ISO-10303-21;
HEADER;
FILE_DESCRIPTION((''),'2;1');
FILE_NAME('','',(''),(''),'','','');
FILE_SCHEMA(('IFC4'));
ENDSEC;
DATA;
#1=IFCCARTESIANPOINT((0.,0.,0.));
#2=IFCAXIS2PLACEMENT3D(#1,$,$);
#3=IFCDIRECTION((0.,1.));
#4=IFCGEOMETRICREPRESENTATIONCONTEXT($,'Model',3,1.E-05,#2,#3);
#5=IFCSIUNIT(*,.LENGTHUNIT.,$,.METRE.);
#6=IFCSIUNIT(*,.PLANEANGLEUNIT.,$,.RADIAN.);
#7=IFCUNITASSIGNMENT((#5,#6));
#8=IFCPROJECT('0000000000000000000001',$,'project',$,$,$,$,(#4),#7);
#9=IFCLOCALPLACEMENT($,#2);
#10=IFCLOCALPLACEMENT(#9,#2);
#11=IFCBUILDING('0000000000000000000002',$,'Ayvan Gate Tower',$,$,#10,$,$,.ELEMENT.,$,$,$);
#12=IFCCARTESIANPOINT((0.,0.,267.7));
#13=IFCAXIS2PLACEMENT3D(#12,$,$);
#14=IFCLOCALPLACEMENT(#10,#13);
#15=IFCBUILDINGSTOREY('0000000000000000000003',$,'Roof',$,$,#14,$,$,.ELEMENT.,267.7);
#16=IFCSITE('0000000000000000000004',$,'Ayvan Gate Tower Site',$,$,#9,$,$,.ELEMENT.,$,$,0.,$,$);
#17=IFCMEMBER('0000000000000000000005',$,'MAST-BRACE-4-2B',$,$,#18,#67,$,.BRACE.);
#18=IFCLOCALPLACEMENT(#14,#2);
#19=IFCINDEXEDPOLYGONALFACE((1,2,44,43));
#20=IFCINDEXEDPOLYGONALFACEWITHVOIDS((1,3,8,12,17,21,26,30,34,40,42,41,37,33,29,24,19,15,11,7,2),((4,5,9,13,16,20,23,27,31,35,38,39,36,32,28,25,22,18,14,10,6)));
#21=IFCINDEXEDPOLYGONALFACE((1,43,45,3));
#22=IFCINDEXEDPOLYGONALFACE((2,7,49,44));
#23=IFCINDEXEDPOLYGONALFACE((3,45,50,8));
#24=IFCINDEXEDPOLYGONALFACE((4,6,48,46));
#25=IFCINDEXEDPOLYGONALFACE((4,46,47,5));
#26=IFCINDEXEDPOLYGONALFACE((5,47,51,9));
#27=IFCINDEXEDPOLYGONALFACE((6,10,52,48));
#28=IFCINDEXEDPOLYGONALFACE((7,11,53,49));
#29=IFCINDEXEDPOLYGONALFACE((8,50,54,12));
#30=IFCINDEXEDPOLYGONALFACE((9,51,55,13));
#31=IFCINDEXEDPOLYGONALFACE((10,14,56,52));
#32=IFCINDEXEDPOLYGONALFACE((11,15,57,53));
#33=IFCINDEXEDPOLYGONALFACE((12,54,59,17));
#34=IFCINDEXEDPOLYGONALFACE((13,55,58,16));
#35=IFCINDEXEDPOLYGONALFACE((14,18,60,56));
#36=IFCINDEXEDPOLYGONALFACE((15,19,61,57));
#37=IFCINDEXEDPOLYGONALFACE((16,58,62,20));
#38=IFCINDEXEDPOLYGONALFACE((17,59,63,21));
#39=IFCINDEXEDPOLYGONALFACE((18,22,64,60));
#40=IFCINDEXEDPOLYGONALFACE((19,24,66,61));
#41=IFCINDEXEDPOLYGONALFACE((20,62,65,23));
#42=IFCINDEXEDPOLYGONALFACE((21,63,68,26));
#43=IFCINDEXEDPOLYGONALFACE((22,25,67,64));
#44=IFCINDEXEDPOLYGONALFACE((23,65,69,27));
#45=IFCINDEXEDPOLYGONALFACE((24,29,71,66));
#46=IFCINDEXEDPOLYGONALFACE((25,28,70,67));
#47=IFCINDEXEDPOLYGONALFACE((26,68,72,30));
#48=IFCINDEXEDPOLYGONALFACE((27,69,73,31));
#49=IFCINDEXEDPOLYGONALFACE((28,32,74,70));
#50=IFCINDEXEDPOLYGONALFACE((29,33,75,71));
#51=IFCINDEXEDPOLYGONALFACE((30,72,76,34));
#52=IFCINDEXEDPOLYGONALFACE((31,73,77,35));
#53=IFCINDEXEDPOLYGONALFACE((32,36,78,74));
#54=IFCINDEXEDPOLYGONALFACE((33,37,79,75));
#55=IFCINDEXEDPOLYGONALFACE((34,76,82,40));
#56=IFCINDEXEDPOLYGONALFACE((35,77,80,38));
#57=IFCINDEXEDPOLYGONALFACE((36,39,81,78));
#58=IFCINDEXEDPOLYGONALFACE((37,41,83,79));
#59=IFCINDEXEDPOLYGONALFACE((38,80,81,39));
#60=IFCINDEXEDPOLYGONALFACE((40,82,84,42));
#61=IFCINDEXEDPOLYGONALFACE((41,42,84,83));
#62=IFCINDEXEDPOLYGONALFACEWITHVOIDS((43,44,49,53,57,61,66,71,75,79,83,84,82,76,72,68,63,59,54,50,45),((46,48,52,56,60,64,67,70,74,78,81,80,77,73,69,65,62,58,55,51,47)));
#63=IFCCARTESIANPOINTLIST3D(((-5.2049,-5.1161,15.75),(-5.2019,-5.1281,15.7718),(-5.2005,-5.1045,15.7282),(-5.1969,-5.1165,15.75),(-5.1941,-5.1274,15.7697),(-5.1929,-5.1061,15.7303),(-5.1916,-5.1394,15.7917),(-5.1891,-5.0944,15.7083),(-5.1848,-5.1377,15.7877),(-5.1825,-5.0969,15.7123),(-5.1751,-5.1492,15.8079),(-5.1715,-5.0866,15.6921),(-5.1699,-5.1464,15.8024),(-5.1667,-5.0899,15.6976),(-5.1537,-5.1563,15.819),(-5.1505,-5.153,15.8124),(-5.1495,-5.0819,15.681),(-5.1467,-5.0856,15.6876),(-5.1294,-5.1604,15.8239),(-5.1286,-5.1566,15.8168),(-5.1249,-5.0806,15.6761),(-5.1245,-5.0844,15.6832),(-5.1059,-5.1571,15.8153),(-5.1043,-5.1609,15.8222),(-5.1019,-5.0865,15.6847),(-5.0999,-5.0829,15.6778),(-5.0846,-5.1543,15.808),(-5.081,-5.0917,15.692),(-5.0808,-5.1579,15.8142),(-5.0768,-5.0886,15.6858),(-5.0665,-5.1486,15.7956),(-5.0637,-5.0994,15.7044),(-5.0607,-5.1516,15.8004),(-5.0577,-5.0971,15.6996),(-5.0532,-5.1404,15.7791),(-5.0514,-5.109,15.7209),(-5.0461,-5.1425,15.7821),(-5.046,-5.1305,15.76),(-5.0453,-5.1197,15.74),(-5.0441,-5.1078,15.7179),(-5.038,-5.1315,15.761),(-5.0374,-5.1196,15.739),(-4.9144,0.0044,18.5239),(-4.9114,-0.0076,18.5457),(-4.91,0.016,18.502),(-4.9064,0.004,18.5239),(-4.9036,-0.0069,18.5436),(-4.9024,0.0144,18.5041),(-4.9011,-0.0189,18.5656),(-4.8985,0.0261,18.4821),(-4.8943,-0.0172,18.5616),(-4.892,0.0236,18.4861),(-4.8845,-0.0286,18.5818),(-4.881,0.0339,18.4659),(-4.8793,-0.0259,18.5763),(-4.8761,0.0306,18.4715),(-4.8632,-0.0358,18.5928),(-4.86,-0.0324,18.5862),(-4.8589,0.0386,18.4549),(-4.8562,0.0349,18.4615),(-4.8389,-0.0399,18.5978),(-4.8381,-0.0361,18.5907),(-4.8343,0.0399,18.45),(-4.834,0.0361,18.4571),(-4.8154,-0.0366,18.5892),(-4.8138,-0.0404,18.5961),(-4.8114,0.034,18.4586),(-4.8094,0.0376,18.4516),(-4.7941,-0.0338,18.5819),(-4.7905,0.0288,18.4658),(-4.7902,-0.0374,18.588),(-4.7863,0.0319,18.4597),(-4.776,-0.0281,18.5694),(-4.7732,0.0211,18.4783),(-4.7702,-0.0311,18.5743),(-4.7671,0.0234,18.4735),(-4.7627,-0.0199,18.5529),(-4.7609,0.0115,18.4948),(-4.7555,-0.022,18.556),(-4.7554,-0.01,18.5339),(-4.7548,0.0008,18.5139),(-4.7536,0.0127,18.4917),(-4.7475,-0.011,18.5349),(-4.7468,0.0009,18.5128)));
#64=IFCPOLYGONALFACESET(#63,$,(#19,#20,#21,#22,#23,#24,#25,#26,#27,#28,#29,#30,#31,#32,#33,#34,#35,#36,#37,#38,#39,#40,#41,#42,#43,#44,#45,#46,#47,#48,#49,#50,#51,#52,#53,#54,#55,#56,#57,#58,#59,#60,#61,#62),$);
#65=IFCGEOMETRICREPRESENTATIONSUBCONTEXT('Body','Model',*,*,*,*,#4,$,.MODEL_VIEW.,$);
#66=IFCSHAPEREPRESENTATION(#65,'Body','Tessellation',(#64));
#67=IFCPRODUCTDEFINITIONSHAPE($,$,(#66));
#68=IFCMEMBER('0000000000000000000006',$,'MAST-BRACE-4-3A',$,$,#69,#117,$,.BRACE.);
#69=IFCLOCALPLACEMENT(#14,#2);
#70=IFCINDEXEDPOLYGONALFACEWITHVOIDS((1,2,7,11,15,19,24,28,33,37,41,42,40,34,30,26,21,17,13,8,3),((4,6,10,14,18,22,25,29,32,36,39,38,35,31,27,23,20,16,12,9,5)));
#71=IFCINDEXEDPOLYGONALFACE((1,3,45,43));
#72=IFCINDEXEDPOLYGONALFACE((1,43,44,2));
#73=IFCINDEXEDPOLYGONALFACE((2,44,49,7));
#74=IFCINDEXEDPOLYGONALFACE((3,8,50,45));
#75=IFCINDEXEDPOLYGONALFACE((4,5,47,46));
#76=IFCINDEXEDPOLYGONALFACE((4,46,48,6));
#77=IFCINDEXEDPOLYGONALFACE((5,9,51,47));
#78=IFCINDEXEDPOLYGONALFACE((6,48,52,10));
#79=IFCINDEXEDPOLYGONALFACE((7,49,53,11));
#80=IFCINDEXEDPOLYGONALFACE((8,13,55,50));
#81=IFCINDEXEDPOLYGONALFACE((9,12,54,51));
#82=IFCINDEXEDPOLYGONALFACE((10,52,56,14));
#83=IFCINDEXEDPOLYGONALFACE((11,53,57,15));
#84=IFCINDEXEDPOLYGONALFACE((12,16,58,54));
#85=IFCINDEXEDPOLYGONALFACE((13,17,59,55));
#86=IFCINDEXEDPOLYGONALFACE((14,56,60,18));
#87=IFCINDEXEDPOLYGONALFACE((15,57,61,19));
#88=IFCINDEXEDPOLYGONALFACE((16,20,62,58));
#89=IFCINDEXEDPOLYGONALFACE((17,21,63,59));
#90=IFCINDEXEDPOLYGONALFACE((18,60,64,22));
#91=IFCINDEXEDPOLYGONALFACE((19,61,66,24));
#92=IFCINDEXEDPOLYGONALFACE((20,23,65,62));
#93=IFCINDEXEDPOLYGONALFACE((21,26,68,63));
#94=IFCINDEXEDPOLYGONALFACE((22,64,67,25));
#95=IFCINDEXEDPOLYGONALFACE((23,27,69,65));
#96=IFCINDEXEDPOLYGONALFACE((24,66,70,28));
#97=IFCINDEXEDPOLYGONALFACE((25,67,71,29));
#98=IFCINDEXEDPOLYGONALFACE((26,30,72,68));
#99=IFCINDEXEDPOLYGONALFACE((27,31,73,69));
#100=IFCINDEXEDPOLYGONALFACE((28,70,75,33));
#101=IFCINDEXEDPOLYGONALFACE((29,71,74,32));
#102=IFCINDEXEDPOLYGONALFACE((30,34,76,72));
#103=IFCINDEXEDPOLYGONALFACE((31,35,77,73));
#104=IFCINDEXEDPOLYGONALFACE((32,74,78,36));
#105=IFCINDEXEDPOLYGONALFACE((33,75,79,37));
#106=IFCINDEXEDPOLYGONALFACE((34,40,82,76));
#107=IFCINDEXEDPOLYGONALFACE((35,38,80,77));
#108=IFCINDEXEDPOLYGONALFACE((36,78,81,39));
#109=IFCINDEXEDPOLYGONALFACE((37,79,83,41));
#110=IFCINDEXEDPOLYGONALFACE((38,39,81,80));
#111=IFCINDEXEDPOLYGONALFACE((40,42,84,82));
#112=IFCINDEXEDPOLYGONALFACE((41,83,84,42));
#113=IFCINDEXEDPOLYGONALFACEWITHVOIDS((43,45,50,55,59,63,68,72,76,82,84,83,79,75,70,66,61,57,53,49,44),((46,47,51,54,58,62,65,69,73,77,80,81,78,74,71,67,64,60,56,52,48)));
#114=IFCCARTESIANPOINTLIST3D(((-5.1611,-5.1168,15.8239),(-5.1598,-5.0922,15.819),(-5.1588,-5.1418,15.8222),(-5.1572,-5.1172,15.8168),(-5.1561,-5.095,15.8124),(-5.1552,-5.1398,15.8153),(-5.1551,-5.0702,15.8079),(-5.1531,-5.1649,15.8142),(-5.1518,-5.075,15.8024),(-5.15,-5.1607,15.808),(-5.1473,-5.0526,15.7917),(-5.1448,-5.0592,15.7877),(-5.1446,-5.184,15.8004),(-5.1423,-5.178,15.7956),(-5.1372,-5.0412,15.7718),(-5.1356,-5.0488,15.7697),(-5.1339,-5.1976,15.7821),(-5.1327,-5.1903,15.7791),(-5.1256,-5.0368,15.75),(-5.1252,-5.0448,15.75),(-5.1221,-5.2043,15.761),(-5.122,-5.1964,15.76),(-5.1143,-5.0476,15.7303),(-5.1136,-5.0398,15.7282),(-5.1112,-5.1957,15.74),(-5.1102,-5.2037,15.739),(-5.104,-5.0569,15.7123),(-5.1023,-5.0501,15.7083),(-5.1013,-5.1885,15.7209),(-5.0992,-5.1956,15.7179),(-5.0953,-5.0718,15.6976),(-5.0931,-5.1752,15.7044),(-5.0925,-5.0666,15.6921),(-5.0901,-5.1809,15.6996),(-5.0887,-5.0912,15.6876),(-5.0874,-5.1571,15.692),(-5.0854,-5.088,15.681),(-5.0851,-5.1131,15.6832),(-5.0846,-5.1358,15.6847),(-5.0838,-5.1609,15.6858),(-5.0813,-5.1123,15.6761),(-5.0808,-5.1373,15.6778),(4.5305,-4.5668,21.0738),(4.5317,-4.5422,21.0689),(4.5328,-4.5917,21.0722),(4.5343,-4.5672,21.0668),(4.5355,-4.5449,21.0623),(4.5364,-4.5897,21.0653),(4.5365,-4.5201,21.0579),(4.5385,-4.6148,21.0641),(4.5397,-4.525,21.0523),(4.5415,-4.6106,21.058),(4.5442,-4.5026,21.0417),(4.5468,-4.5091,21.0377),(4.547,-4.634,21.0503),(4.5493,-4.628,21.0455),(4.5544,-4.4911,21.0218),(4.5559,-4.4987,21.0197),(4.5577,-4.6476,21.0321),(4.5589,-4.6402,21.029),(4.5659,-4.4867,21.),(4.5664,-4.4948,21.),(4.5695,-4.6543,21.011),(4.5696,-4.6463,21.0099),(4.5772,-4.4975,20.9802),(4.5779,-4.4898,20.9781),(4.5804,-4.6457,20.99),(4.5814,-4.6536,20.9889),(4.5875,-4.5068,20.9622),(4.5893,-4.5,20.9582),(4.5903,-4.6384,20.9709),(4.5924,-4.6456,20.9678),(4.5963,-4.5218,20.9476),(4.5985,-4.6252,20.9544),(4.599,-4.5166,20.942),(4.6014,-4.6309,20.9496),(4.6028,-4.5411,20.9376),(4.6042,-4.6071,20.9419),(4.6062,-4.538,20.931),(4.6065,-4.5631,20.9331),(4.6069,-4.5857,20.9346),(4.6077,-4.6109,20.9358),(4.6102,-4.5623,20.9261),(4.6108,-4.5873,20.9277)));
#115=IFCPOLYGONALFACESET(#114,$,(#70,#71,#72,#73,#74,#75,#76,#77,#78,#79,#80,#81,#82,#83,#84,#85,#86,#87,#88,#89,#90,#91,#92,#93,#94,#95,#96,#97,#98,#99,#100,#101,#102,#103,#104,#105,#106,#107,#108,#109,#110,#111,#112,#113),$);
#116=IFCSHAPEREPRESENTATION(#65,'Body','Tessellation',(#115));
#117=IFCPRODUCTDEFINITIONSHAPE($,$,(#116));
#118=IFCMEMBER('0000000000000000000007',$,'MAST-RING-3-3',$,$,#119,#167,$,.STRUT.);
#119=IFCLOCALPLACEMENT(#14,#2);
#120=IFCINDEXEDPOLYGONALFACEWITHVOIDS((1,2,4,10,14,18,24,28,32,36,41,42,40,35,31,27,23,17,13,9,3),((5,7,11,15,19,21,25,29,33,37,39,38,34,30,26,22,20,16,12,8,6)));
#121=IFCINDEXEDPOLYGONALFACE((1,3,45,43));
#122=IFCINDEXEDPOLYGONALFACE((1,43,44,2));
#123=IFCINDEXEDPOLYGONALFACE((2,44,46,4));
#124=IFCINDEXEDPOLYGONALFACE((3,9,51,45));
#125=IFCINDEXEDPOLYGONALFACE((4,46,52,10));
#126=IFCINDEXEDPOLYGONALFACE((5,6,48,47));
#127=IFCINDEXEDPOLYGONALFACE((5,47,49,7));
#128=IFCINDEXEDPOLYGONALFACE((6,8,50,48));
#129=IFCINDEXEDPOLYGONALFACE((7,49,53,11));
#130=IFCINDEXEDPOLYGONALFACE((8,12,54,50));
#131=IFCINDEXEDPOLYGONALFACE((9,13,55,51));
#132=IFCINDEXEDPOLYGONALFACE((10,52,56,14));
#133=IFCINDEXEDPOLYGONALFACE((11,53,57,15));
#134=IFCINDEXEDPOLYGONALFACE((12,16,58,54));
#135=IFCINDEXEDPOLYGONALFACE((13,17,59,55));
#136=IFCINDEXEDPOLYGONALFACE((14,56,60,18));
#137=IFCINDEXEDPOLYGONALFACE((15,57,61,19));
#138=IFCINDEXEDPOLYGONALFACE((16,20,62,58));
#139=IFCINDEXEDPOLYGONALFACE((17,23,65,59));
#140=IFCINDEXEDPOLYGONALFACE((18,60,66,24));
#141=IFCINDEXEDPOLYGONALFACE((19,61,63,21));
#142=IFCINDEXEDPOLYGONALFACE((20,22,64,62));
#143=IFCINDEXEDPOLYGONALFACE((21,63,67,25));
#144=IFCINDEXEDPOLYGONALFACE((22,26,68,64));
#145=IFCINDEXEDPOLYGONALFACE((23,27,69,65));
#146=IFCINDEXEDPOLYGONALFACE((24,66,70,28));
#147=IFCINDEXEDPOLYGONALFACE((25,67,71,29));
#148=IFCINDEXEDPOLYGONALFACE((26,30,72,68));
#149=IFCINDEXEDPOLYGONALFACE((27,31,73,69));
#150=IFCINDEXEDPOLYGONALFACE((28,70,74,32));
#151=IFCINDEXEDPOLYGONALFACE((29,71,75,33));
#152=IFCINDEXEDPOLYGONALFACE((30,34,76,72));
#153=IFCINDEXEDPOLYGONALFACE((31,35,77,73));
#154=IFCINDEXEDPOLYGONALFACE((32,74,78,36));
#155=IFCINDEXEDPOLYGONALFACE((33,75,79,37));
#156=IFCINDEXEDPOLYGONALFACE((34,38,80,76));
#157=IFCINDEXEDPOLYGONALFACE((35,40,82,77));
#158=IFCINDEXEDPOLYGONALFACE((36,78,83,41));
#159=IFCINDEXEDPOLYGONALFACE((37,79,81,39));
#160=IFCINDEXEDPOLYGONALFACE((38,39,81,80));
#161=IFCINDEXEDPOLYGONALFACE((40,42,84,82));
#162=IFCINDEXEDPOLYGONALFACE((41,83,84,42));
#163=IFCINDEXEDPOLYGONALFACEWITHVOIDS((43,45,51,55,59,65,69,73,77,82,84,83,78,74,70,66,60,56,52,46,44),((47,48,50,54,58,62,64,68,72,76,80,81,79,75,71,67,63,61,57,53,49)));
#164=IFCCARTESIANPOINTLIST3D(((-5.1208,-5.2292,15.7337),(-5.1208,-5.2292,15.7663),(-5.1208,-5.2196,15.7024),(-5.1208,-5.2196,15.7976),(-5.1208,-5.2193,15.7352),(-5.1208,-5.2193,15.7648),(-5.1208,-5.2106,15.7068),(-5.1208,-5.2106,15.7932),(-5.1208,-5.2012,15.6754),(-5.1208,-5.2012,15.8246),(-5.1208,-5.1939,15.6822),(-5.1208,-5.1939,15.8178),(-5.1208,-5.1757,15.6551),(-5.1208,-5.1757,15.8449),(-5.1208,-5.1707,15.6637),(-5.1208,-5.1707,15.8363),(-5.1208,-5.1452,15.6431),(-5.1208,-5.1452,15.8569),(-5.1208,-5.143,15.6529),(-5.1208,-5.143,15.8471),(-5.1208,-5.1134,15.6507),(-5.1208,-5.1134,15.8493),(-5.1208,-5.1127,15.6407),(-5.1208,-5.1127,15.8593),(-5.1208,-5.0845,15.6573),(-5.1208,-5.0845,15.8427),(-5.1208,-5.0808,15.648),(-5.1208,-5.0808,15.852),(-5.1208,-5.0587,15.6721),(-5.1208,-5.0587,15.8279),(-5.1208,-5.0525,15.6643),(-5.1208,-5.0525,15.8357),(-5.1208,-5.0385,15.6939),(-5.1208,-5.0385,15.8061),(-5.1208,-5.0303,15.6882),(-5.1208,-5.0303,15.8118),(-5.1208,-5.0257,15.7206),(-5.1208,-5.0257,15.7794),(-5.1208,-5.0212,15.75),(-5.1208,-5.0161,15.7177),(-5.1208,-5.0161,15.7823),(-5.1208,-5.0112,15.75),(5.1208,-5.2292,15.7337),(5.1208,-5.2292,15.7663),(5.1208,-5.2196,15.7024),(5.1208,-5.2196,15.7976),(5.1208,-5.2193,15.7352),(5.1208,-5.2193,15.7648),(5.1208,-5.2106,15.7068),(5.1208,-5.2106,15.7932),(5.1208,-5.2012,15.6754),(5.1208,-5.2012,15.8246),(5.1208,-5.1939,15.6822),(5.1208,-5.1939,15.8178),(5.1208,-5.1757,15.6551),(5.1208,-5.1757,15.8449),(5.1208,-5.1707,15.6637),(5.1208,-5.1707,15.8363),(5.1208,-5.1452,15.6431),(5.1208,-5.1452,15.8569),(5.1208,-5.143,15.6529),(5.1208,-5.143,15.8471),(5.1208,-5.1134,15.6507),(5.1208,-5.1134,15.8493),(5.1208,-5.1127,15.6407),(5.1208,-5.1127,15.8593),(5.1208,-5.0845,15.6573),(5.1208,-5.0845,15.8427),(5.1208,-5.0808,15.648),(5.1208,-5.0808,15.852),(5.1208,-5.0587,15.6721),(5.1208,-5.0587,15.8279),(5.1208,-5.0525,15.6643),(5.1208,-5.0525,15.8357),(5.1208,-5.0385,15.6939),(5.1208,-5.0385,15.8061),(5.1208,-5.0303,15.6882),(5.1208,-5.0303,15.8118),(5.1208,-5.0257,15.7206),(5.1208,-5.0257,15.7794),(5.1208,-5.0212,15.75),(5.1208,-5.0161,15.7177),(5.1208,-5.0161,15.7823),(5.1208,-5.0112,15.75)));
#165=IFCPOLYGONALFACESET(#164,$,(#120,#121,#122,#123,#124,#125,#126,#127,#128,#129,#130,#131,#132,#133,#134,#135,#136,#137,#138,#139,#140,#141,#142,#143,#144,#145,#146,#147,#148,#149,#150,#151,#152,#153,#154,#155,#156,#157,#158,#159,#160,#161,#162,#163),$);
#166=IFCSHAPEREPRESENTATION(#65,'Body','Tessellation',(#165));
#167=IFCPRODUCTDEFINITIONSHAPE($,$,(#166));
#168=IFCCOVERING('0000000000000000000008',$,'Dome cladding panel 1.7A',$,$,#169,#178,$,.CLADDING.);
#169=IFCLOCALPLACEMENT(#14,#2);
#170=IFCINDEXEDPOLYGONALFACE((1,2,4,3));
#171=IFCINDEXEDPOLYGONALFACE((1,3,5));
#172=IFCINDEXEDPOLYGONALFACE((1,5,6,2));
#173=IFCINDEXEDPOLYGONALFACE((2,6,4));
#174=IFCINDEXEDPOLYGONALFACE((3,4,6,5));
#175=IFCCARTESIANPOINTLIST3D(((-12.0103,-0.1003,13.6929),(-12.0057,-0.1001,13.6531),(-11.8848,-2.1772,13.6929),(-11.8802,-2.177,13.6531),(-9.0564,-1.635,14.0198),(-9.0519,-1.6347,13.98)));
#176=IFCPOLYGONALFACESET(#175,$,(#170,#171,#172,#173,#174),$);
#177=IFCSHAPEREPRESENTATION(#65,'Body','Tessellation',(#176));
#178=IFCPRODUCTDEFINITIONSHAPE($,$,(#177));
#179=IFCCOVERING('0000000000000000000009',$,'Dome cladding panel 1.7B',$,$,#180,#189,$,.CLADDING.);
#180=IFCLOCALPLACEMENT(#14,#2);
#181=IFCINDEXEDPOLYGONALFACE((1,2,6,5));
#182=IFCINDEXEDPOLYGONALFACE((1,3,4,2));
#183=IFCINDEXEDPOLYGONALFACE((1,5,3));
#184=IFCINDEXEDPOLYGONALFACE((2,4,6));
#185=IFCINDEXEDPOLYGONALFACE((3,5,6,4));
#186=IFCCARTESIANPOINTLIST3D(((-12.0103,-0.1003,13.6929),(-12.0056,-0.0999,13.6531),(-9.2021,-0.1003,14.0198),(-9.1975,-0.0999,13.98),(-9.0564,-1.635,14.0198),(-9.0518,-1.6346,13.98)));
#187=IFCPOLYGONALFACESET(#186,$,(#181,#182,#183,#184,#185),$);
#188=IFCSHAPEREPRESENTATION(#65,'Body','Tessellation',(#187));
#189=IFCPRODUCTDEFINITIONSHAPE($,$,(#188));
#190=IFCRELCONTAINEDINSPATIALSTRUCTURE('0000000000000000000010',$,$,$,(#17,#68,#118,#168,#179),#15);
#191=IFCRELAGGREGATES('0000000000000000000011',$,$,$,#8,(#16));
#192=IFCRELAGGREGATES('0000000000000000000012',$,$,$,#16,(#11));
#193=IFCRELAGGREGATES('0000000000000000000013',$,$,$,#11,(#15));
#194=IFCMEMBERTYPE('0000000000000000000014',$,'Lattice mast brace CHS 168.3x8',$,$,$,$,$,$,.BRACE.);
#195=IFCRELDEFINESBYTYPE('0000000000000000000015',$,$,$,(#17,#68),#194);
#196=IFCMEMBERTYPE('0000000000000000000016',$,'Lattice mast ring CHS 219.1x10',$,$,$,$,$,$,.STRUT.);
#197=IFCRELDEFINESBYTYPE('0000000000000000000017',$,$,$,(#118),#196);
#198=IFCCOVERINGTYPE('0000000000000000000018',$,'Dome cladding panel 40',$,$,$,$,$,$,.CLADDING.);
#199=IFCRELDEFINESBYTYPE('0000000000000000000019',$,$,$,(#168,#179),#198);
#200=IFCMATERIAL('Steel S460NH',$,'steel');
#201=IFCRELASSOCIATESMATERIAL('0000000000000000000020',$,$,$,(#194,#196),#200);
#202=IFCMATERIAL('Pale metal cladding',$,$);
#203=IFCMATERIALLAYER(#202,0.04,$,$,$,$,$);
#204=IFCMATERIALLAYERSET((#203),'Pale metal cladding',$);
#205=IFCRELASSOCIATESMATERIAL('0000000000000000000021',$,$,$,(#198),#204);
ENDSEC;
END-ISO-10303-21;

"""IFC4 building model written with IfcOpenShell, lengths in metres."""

from ifc_helpers import new_model, si_unit, direction, frame, origin, origin_2d, place, context, subcontext, project, spatial, polyline, hollow_circle, outline, extrude, material, layer, layer_set, material_profile, profile_set, type_object, element, save


model = new_model("IFC4")

# Units and contexts
model_context = context("Model", 3, precision=1e-05, world=origin(), true_north=direction((0.0, 1.0)))
body_context = subcontext(model_context, "Body", "Model", "MODEL_VIEW")
ifc_project = project(units=[si_unit("LENGTHUNIT", "METRE"), si_unit("PLANEANGLEUNIT", "RADIAN")], contexts=[model_context])

# Site, building, storey
site_placement = place(None, origin())
site = spatial("IfcSite", under=ifc_project, at=site_placement, Name="Ayvan Gate Tower Site", CompositionType="ELEMENT", RefElevation=0.0)
building_placement = place(site_placement, origin())
building = spatial("IfcBuilding", under=site, at=building_placement, Name="Ayvan Gate Tower", CompositionType="ELEMENT")
storey_placement = place(building_placement, frame((0.0, 0.0, 267.7)))
storey = spatial("IfcBuildingStorey", under=building, at=storey_placement, Name="Roof", CompositionType="ELEMENT", Elevation=267.7)

# Members
ifc_material_1 = material(Name="Steel S460NH", Category="steel")
ifc_material_profile_1 = material_profile(ifc_material_1, hollow_circle(Radius=0.0842, WallThickness=0.0081, at=origin_2d()), Name="CHS 168.3x8")
ifc_profile_set_1 = profile_set([ifc_material_profile_1], Name="Steel S460NH")
member_type_1 = type_object("IfcMemberType", Name="Lattice mast brace CHS 168.3x8", PredefinedType="BRACE", material=ifc_profile_set_1)
member_1_placement = place(storey_placement, frame((-5.1208, -5.1208, 15.75), z_axis=(0.049825, 0.878181, 0.475727), x_axis=(-0.998394, 0.056646, 0.0)))
element("IfcMember", 1, at=member_1_placement, inside=storey, type_object=member_type_1, Name="MAST-BRACE-4-2B", PredefinedType="BRACE", context=body_context, shape_type="SweptSolid", body=[
    extrude(hollow_circle(Radius=0.0842, WallThickness=0.0081, at=origin_2d()), origin(), (0.0, 0.0, 1.0), 5.8308),
])
member_2_placement = place(storey_placement, frame((-5.1208, -5.1208, 15.75), z_axis=(0.878186, 0.049841, 0.475716), x_axis=(-0.056664, 0.998393, 0.0)))
element("IfcMember", 2, at=member_2_placement, inside=storey, type_object=member_type_1, Name="MAST-BRACE-4-3A", PredefinedType="BRACE", context=body_context, shape_type="SweptSolid", body=[
    extrude(hollow_circle(Radius=0.0842, WallThickness=0.0081, at=origin_2d()), origin(), (0.0, 0.0, 1.0), 11.0359),
])
ifc_material_profile_2 = material_profile(ifc_material_1, hollow_circle(Radius=0.1096, WallThickness=0.01, at=origin_2d()), Name="CHS 219.1x10")
ifc_profile_set_2 = profile_set([ifc_material_profile_2], Name="Steel S460NH")
member_type_2 = type_object("IfcMemberType", Name="Lattice mast ring CHS 219.1x10", PredefinedType="STRUT", material=ifc_profile_set_2)
member_3_placement = place(storey_placement, frame((-5.1208, -5.1208, 15.75), z_axis=(1.0, 0.0, 0.0), x_axis=(0.0, 1.0, 0.0)))
element("IfcMember", 3, at=member_3_placement, inside=storey, type_object=member_type_2, Name="MAST-RING-3-3", PredefinedType="STRUT", context=body_context, shape_type="SweptSolid", body=[
    extrude(hollow_circle(Radius=0.1096, WallThickness=0.01, at=origin_2d()), origin(), (0.0, 0.0, 1.0), 10.2417),
])

# Coverings
ifc_material_2 = material(Name="Pale metal cladding")
ifc_layer_1 = layer(ifc_material_2, 0.04)
ifc_layer_set_1 = layer_set([ifc_layer_1], Name="Pale metal cladding")
covering_type = type_object("IfcCoveringType", Name="Dome cladding panel 40", PredefinedType="CLADDING", material=ifc_layer_set_1)
covering_1_placement = place(storey_placement, frame((-12.0103, -0.1003, 13.6929), z_axis=(-0.113516, -0.006859, 0.993513), x_axis=(0.060311, -0.99818, 0.0)))
element("IfcCovering", 4, at=covering_1_placement, inside=storey, type_object=covering_type, Name="Dome cladding panel 1.7A", PredefinedType="CLADDING", context=body_context, shape_type="SweptSolid", body=[
    extrude(outline(polyline([(0.0, 0.0), (2.0807, 0.0), (1.71, 2.8746), (0.0, 0.0)])), origin(), (0.0, 0.0, -1.0), 0.04),
])
covering_2_placement = place(storey_placement, frame((-12.0103, -0.1003, 13.6929), z_axis=(-0.115627, -0.010981, 0.993232), x_axis=(0.883133, -0.458829, 0.097737)))
element("IfcCovering", 5, at=covering_2_placement, inside=storey, type_object=covering_type, Name="Dome cladding panel 1.7B", PredefinedType="CLADDING", context=body_context, shape_type="SweptSolid", body=[
    extrude(outline(polyline([(0.0, 0.0), (3.3447, 0.0), (2.5119, 1.2972), (0.0, 0.0)])), origin(), (0.0, 0.0, -1.0), 0.04),
])

save(model, "model.ifc")
